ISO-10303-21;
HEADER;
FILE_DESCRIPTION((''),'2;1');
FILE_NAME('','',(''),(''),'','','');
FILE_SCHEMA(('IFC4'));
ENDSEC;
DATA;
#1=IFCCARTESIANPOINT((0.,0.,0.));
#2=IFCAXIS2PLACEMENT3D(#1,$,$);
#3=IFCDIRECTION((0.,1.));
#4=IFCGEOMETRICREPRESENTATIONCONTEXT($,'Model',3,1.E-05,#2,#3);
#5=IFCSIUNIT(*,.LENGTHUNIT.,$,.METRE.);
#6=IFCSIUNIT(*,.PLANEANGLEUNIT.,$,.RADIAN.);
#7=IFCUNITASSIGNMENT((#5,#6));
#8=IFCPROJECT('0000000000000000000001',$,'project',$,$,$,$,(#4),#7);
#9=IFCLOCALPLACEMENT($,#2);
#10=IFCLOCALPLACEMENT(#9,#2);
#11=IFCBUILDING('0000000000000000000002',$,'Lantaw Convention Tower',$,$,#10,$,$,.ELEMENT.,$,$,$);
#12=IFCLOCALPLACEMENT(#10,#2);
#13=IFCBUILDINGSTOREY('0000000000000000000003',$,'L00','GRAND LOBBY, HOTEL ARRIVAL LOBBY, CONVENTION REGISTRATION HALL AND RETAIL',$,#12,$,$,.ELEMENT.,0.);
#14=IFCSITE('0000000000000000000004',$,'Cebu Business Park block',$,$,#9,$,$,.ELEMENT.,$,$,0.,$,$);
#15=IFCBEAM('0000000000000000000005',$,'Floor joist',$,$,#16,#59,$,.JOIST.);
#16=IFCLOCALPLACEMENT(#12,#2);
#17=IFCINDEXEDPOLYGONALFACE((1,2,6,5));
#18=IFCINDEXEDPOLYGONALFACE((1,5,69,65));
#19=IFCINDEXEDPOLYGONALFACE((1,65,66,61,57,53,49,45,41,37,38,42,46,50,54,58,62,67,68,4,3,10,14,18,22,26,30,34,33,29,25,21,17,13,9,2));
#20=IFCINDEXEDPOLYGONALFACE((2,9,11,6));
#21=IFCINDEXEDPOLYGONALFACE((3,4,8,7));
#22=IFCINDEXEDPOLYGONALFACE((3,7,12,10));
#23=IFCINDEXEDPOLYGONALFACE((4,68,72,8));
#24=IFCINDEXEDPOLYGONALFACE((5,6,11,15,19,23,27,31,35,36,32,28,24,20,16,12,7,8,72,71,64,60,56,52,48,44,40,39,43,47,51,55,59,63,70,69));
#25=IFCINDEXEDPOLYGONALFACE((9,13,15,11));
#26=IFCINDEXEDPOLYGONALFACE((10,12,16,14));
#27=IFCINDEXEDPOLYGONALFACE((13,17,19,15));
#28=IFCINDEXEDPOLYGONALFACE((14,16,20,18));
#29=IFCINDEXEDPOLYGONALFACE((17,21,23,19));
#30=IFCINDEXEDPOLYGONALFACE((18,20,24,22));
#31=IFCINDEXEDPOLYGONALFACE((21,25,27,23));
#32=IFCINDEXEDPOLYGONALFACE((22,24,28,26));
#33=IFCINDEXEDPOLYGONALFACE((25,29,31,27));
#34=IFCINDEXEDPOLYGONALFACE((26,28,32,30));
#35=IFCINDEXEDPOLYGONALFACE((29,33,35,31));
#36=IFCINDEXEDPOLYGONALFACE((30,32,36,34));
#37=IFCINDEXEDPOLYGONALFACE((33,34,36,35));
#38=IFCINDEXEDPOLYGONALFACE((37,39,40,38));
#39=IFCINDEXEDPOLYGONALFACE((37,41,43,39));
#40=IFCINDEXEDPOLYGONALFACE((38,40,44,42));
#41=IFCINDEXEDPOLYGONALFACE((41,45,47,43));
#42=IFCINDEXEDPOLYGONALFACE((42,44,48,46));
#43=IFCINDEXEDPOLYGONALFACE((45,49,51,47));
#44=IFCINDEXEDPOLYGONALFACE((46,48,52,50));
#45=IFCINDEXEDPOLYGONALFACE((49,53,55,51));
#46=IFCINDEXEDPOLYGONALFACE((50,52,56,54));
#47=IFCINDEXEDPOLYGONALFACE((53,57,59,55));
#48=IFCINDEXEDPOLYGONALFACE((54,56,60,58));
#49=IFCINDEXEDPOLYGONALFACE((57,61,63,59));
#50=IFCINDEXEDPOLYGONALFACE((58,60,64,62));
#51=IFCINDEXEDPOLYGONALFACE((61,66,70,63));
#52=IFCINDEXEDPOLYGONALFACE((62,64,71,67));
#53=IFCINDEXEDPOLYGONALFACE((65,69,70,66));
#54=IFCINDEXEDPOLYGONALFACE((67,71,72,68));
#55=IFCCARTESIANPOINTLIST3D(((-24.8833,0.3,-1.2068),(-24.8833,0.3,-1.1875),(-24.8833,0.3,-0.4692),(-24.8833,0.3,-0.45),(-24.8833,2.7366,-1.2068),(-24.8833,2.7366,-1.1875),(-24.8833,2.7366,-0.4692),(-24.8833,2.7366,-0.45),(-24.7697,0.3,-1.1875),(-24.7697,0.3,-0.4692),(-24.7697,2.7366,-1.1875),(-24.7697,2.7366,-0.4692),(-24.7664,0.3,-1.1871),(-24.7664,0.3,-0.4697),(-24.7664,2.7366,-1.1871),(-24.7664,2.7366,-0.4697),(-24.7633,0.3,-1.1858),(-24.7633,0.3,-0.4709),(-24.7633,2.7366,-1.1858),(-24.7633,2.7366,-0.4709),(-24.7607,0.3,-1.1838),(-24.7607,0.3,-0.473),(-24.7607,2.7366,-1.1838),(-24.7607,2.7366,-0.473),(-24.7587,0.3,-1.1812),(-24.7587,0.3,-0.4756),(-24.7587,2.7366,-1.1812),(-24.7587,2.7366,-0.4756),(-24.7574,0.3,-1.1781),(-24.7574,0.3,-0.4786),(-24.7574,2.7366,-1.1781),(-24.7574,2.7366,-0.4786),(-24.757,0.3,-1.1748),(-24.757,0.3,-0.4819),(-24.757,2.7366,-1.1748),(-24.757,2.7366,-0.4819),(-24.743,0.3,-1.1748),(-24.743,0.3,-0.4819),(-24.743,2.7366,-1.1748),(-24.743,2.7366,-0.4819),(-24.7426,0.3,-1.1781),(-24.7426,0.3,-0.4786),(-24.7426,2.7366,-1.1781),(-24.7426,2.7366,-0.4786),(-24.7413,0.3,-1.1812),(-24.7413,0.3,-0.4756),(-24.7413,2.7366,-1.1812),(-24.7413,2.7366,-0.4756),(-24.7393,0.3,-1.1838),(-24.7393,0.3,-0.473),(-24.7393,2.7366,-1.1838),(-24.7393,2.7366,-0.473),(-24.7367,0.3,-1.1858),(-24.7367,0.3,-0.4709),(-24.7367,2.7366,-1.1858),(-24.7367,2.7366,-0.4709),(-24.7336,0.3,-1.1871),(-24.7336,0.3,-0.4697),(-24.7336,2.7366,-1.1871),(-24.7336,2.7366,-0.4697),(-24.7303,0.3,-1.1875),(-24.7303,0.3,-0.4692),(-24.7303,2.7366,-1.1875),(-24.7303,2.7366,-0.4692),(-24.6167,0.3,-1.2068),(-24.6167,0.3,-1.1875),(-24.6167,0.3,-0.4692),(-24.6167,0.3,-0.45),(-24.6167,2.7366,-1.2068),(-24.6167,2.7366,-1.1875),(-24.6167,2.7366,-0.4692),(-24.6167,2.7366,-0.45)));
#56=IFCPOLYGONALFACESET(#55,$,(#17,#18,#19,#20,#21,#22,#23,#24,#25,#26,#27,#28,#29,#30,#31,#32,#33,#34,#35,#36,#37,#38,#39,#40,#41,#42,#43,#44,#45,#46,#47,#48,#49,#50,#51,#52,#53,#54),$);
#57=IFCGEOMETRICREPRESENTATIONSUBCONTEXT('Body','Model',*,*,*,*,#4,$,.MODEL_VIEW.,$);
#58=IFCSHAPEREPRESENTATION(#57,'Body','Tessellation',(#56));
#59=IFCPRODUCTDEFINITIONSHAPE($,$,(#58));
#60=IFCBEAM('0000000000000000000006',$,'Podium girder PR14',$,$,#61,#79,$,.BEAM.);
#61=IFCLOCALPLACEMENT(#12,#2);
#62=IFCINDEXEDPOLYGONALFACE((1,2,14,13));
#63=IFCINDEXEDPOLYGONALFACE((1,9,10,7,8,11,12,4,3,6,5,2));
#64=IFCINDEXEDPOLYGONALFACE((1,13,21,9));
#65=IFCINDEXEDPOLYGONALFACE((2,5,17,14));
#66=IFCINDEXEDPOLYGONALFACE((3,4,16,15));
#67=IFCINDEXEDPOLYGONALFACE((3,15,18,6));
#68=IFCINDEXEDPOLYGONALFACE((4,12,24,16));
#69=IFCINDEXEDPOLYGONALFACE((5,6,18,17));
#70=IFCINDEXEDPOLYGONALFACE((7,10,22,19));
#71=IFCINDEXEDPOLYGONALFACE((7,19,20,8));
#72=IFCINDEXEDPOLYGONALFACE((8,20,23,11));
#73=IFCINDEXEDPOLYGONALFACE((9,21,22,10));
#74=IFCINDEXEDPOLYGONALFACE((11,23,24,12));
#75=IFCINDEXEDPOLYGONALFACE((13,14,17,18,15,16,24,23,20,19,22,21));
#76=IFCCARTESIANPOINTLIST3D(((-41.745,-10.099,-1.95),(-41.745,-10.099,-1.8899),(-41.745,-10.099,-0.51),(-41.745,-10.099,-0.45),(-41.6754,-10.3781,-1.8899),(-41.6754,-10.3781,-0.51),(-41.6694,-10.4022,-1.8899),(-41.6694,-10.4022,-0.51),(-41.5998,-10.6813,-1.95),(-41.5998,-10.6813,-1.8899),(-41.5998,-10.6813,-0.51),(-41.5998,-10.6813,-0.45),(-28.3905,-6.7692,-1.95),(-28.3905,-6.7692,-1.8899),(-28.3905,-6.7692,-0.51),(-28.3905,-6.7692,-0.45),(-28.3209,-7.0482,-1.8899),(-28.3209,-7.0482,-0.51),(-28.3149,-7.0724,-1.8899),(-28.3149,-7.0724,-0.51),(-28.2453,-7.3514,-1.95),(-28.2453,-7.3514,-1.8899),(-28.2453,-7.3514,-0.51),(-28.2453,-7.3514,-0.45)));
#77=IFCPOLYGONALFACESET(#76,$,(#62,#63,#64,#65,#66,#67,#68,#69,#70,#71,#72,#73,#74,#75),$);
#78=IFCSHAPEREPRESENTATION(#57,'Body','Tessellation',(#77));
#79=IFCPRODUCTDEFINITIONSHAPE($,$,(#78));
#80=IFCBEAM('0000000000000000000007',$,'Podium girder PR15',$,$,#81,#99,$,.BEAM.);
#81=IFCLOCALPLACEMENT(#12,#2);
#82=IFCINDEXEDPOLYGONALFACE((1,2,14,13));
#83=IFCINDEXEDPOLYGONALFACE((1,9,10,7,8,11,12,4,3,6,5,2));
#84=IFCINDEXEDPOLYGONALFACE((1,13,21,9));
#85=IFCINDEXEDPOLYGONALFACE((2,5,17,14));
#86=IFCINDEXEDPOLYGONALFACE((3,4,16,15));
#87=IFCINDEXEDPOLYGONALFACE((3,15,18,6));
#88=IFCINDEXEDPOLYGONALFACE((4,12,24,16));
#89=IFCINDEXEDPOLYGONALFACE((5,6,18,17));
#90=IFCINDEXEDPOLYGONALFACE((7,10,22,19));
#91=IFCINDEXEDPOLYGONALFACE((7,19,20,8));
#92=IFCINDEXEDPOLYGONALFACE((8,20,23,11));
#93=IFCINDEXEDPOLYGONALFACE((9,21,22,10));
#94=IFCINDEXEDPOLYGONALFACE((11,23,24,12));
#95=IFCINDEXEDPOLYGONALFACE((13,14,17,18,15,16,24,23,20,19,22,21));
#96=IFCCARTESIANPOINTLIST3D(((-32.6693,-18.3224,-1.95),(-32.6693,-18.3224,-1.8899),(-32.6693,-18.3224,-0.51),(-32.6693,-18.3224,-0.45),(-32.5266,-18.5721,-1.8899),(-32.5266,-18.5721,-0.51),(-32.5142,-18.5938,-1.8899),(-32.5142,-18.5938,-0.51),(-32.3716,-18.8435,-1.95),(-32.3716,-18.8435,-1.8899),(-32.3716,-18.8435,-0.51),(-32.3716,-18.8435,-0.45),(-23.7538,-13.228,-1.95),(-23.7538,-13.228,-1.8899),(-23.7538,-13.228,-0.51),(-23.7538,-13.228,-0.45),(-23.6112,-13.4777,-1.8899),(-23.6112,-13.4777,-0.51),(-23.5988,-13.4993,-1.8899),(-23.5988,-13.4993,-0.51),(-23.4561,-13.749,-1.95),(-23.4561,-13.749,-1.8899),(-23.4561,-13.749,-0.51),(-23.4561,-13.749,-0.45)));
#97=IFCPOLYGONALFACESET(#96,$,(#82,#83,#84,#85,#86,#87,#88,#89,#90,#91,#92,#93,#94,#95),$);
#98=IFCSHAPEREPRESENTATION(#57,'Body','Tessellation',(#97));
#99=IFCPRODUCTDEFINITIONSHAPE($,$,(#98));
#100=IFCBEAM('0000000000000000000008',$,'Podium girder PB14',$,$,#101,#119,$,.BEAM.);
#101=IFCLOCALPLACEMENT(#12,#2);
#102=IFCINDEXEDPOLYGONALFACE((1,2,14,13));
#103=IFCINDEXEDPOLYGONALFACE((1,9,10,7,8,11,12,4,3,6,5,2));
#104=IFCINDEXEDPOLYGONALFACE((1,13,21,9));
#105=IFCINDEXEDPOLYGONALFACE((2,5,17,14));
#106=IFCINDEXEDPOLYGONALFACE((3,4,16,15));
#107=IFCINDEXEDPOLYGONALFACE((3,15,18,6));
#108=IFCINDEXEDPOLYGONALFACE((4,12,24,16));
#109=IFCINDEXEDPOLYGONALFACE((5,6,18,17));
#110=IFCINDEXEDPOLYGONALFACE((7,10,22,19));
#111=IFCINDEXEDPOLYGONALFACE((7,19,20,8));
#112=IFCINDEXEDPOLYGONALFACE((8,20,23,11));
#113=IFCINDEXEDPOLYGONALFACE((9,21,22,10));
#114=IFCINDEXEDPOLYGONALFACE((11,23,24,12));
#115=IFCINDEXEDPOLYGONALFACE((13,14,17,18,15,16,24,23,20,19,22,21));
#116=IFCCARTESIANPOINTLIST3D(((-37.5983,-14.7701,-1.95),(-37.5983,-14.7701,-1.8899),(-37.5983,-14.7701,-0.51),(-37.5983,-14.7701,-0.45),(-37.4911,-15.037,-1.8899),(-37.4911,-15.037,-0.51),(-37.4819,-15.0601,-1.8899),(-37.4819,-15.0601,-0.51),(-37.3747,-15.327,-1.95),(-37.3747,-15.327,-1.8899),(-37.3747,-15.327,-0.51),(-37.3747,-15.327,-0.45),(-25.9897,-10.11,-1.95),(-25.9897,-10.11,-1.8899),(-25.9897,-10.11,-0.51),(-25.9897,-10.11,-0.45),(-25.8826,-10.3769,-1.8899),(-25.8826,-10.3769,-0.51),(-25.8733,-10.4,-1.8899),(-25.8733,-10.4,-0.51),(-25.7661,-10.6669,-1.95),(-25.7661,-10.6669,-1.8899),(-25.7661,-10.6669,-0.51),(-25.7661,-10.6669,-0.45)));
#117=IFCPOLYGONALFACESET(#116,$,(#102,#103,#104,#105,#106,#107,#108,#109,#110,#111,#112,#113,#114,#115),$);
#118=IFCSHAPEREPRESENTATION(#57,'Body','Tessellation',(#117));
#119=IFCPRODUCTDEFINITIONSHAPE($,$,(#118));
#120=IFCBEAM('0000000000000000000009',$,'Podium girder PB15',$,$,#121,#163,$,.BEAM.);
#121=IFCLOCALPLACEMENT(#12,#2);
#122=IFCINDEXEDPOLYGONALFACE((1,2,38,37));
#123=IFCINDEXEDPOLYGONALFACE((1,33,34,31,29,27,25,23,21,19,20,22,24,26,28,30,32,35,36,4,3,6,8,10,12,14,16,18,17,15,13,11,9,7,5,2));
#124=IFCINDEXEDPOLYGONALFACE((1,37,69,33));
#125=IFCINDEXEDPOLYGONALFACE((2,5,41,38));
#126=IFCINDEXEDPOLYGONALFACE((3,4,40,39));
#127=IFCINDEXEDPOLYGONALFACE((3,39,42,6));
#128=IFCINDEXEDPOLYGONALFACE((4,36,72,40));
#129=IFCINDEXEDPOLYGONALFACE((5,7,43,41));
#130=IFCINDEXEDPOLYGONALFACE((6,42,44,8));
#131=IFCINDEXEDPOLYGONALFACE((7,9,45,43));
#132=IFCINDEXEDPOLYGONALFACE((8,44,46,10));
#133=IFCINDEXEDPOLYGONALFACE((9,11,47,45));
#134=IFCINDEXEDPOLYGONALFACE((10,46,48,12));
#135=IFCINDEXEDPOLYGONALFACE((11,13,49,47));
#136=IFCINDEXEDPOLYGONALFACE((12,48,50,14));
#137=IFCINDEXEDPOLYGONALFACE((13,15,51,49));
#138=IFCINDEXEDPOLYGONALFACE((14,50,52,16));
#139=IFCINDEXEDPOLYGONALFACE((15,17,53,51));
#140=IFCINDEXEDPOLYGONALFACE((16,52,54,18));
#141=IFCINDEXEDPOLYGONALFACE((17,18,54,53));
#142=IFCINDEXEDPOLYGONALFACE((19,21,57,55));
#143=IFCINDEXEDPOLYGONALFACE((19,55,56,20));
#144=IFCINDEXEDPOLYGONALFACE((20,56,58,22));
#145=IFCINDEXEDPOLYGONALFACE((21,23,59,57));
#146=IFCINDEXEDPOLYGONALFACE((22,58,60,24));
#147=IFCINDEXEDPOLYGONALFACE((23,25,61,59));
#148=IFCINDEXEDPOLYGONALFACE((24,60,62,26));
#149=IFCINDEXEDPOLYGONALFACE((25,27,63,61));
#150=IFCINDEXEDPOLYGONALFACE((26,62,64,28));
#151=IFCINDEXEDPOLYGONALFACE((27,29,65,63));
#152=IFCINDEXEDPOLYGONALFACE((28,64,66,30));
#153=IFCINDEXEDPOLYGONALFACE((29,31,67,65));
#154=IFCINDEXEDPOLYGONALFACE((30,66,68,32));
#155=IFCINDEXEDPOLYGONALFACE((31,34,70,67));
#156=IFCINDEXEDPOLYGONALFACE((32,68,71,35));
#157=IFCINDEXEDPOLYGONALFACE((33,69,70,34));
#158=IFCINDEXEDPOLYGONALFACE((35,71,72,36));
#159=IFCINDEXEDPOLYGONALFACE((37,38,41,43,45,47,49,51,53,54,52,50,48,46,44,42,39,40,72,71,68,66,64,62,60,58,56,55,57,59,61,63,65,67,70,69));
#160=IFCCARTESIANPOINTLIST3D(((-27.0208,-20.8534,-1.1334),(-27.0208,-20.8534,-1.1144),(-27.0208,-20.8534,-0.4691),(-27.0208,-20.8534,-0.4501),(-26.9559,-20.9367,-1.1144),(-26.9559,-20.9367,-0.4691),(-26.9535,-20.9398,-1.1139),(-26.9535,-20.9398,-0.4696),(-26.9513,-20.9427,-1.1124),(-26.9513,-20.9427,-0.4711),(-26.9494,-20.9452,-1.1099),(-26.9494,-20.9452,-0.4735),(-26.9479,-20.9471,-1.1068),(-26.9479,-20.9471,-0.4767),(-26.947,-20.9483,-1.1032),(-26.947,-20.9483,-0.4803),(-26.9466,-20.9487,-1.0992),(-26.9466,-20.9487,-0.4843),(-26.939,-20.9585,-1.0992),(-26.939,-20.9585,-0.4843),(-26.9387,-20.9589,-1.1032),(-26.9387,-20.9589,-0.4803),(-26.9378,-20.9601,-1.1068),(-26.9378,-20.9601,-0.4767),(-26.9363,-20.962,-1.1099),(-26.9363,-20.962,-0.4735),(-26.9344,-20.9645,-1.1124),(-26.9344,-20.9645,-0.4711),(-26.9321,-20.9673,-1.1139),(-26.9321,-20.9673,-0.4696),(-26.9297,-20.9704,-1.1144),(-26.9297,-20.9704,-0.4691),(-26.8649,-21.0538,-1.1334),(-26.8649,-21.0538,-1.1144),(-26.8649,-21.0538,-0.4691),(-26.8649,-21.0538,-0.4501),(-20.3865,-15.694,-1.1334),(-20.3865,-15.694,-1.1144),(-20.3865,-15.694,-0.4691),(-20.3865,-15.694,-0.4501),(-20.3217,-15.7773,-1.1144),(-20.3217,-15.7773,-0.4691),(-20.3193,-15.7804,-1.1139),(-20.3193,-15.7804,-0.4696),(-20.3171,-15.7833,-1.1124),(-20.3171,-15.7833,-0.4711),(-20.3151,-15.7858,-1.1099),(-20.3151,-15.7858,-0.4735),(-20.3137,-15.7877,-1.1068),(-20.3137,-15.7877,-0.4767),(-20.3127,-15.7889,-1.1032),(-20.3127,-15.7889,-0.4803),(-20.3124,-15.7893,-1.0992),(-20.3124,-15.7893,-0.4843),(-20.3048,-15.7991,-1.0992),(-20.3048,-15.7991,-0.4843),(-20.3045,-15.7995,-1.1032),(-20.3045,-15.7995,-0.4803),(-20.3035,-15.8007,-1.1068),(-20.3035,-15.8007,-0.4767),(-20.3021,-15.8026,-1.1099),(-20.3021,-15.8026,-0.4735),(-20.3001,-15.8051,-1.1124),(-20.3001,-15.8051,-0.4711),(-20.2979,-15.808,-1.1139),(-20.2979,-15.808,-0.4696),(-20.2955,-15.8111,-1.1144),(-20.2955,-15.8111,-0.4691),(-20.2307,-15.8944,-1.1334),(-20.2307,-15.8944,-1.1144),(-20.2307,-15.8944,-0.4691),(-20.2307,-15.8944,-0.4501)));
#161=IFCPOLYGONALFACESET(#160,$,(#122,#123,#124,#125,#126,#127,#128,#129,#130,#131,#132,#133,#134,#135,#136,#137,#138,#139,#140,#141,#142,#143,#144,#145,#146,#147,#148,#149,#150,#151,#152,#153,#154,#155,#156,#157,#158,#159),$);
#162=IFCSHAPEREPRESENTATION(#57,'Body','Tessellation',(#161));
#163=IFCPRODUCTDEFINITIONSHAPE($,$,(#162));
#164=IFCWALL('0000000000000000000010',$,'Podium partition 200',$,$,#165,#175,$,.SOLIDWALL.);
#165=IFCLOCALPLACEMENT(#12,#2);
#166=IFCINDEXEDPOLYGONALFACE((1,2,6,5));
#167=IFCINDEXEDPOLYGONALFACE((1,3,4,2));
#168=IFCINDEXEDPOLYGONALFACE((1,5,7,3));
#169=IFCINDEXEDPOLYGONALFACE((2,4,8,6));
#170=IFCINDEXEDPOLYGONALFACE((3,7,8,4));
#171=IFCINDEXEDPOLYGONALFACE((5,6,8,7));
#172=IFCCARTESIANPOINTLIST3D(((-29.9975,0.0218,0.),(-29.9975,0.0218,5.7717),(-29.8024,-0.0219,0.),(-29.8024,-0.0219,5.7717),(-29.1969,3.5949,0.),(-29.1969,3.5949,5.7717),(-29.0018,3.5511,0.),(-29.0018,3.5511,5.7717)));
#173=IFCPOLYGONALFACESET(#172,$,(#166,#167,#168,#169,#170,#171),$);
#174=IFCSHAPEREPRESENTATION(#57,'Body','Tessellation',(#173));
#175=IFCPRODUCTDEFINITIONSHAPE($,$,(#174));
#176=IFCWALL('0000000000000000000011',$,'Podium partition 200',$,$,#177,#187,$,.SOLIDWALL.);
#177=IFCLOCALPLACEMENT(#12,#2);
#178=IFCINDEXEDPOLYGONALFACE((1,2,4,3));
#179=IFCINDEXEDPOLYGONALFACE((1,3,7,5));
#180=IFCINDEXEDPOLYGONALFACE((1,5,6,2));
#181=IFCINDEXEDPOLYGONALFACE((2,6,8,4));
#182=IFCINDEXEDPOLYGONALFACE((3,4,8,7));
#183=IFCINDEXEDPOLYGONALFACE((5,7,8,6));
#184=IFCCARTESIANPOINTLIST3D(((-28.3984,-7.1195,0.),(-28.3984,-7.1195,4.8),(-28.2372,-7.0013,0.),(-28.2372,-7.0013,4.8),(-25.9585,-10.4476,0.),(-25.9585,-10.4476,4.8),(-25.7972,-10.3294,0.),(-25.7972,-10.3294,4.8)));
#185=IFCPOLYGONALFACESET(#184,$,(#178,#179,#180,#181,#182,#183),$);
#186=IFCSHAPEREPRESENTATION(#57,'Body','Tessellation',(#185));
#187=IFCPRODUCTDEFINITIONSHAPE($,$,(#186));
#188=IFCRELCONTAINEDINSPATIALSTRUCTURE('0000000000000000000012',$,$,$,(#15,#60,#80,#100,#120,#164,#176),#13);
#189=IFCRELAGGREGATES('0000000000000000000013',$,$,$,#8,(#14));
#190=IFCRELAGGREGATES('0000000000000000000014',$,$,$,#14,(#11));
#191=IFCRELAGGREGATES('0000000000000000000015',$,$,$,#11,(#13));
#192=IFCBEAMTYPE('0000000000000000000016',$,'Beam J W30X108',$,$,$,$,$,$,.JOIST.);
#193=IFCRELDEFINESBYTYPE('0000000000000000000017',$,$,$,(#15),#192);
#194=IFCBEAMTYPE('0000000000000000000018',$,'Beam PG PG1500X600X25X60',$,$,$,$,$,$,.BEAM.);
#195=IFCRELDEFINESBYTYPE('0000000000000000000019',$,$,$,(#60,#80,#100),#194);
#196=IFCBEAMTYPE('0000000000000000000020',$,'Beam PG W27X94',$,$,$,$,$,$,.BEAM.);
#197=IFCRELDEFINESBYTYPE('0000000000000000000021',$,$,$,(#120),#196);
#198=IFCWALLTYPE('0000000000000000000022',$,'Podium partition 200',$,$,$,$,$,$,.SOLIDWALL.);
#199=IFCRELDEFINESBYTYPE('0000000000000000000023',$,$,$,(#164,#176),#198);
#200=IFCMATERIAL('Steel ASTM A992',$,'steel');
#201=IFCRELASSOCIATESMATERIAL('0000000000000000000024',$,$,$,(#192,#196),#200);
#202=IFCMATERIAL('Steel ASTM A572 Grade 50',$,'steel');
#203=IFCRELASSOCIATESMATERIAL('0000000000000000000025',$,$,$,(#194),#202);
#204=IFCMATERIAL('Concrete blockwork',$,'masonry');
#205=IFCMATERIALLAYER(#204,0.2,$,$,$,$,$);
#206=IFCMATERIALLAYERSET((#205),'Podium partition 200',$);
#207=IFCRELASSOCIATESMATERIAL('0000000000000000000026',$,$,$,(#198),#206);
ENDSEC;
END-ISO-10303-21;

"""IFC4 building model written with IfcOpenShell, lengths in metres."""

from ifc_helpers import new_model, si_unit, direction, frame, frame_2d, origin, origin_2d, place, context, subcontext, project, spatial, rectangle, i_section, extrude, material, layer, layer_set, material_profile, profile_set, type_object, element, save


model = new_model("IFC4")

# Units and contexts
model_context = context("Model", 3, precision=1e-05, world=origin(), true_north=direction((0.0, 1.0)))
body_context = subcontext(model_context, "Body", "Model", "MODEL_VIEW")
ifc_project = project(units=[si_unit("LENGTHUNIT", "METRE"), si_unit("PLANEANGLEUNIT", "RADIAN")], contexts=[model_context])

# Site, building, storey
site_placement = place(None, origin())
site = spatial("IfcSite", under=ifc_project, at=site_placement, Name="Cebu Business Park block", CompositionType="ELEMENT", RefElevation=0.0)
building_placement = place(site_placement, origin())
building = spatial("IfcBuilding", under=site, at=building_placement, Name="Lantaw Convention Tower", CompositionType="ELEMENT")
storey_placement = place(building_placement, origin())
storey = spatial("IfcBuildingStorey", under=building, at=storey_placement, Name="L00", Description="GRAND LOBBY, HOTEL ARRIVAL LOBBY, CONVENTION REGISTRATION HALL AND RETAIL", CompositionType="ELEMENT", Elevation=0.0)

# Shared definitions
ifc_material_1 = material(Name="Steel ASTM A572 Grade 50", Category="steel")

# Beams
ifc_material_2 = material(Name="Steel ASTM A992", Category="steel")
ifc_material_profile_1 = material_profile(ifc_material_2, i_section(OverallWidth=0.2666, OverallDepth=0.7568, WebThickness=0.0139, FlangeThickness=0.0193, FilletRadius=0.0127, at=origin_2d()), Name="W30X108")
ifc_profile_set_1 = profile_set([ifc_material_profile_1], Name="Steel ASTM A992")
beam_type_1 = type_object("IfcBeamType", Name="Beam J W30X108", PredefinedType="JOIST", material=ifc_profile_set_1)
beam_1_placement = place(storey_placement, frame((-24.75, 0.3, -0.8284), z_axis=(0.0, 1.0, 0.0), x_axis=(-1.0, 0.0, 0.0)))
element("IfcBeam", 1, at=beam_1_placement, inside=storey, type_object=beam_type_1, Name="Floor joist", PredefinedType="JOIST", context=body_context, shape_type="SweptSolid", body=[
    extrude(i_section(OverallWidth=0.2666, OverallDepth=0.7568, WebThickness=0.0139, FlangeThickness=0.0193, FilletRadius=0.0127, at=origin_2d()), origin(), (0.0, 0.0, 1.0), 2.4365),
])
ifc_material_profile_2 = material_profile(ifc_material_1, i_section(OverallWidth=0.6001, OverallDepth=1.5, WebThickness=0.0249, FlangeThickness=0.0601, at=origin_2d()), Name="PG1500X600X25X60")
ifc_profile_set_2 = profile_set([ifc_material_profile_2], Name="Steel ASTM A572 Grade 50")
beam_type_2 = type_object("IfcBeamType", Name="Beam PG PG1500X600X25X60", PredefinedType="BEAM", material=ifc_profile_set_2)
beam_2_placement = place(storey_placement, frame((-28.3179, -7.0603, -1.2), z_axis=(-0.970293, -0.241935, 0.0), x_axis=(0.241935, -0.970293, 0.0)))
element("IfcBeam", 2, at=beam_2_placement, inside=storey, type_object=beam_type_2, Name="Podium girder PR14", PredefinedType="BEAM", context=body_context, shape_type="SweptSolid", body=[
    extrude(i_section(OverallWidth=0.6001, OverallDepth=1.5, WebThickness=0.0249, FlangeThickness=0.0601, at=origin_2d()), origin(), (0.0, 0.0, 1.0), 13.7634),
])
beam_3_placement = place(storey_placement, frame((-23.605, -13.4885, -1.2), z_axis=(-0.868248, -0.496131, 0.0), x_axis=(0.496131, -0.868248, 0.0)))
element("IfcBeam", 3, at=beam_3_placement, inside=storey, type_object=beam_type_2, Name="Podium girder PR15", PredefinedType="BEAM", context=body_context, shape_type="SweptSolid", body=[
    extrude(i_section(OverallWidth=0.6001, OverallDepth=1.5, WebThickness=0.0249, FlangeThickness=0.0601, at=origin_2d()), origin(), (0.0, 0.0, 1.0), 10.2683),
])
beam_4_placement = place(storey_placement, frame((-25.8779, -10.3884, -1.2), z_axis=(-0.928016, -0.372541, 0.0), x_axis=(0.372541, -0.928016, 0.0)))
element("IfcBeam", 4, at=beam_4_placement, inside=storey, type_object=beam_type_2, Name="Podium girder PB14", PredefinedType="BEAM", context=body_context, shape_type="SweptSolid", body=[
    extrude(i_section(OverallWidth=0.6001, OverallDepth=1.5, WebThickness=0.0249, FlangeThickness=0.0601, at=origin_2d()), origin(), (0.0, 0.0, 1.0), 12.509),
])
ifc_material_profile_3 = material_profile(ifc_material_2, i_section(OverallWidth=0.2539, OverallDepth=0.6833, WebThickness=0.0125, FlangeThickness=0.019, FilletRadius=0.0151, at=origin_2d()), Name="W27X94")
ifc_profile_set_3 = profile_set([ifc_material_profile_3], Name="Steel ASTM A992")
beam_type_3 = type_object("IfcBeamType", Name="Beam PG W27X94", PredefinedType="BEAM", material=ifc_profile_set_3)
beam_5_placement = place(storey_placement, frame((-20.3086, -15.7942, -0.7917), z_axis=(-0.789385, -0.613898, 0.0), x_axis=(0.613898, -0.789385, 0.0)))
element("IfcBeam", 5, at=beam_5_placement, inside=storey, type_object=beam_type_3, Name="Podium girder PB15", PredefinedType="BEAM", context=body_context, shape_type="SweptSolid", body=[
    extrude(i_section(OverallWidth=0.2539, OverallDepth=0.6833, WebThickness=0.0125, FlangeThickness=0.019, FilletRadius=0.0151, at=origin_2d()), origin(), (0.0, 0.0, 1.0), 8.4043),
])

# Walls
ifc_material_3 = material(Name="Concrete blockwork", Category="masonry")
ifc_layer_1 = layer(ifc_material_3, 0.2)
ifc_layer_set_1 = layer_set([ifc_layer_1], Name="Podium partition 200")
wall_type_1 = type_object("IfcWallType", Name="Podium partition 200", PredefinedType="SOLIDWALL", material=ifc_layer_set_1)
wall_1_placement = place(storey_placement, frame((-29.0994, 3.573, 0.0), z_axis=(0.0, 0.0, 1.0), x_axis=(-0.218632, -0.975807, 0.0)))
element("IfcWall", 6, at=wall_1_placement, inside=storey, type_object=wall_type_1, Name="Podium partition 200", PredefinedType="SOLIDWALL", context=body_context, shape_type="SweptSolid", body=[
    extrude(rectangle(XDim=3.6616, YDim=0.2, at=frame_2d((1.8308, 0.0))), origin(), (0.0, 0.0, 1.0), 5.7717),
])
wall_2_placement = place(storey_placement, frame((-28.3179, -7.0603, 0.0), z_axis=(0.0, 0.0, 1.0), x_axis=(0.591256, -0.806484, 0.0)))
element("IfcWall", 7, at=wall_2_placement, inside=storey, type_object=wall_type_1, Name="Podium partition 200", PredefinedType="SOLIDWALL", context=body_context, shape_type="SweptSolid", body=[
    extrude(rectangle(XDim=4.1267, YDim=0.2, at=frame_2d((2.0635, 0.0))), origin(), (0.0, 0.0, 1.0), 4.8),
])

save(model, "model.ifc")
